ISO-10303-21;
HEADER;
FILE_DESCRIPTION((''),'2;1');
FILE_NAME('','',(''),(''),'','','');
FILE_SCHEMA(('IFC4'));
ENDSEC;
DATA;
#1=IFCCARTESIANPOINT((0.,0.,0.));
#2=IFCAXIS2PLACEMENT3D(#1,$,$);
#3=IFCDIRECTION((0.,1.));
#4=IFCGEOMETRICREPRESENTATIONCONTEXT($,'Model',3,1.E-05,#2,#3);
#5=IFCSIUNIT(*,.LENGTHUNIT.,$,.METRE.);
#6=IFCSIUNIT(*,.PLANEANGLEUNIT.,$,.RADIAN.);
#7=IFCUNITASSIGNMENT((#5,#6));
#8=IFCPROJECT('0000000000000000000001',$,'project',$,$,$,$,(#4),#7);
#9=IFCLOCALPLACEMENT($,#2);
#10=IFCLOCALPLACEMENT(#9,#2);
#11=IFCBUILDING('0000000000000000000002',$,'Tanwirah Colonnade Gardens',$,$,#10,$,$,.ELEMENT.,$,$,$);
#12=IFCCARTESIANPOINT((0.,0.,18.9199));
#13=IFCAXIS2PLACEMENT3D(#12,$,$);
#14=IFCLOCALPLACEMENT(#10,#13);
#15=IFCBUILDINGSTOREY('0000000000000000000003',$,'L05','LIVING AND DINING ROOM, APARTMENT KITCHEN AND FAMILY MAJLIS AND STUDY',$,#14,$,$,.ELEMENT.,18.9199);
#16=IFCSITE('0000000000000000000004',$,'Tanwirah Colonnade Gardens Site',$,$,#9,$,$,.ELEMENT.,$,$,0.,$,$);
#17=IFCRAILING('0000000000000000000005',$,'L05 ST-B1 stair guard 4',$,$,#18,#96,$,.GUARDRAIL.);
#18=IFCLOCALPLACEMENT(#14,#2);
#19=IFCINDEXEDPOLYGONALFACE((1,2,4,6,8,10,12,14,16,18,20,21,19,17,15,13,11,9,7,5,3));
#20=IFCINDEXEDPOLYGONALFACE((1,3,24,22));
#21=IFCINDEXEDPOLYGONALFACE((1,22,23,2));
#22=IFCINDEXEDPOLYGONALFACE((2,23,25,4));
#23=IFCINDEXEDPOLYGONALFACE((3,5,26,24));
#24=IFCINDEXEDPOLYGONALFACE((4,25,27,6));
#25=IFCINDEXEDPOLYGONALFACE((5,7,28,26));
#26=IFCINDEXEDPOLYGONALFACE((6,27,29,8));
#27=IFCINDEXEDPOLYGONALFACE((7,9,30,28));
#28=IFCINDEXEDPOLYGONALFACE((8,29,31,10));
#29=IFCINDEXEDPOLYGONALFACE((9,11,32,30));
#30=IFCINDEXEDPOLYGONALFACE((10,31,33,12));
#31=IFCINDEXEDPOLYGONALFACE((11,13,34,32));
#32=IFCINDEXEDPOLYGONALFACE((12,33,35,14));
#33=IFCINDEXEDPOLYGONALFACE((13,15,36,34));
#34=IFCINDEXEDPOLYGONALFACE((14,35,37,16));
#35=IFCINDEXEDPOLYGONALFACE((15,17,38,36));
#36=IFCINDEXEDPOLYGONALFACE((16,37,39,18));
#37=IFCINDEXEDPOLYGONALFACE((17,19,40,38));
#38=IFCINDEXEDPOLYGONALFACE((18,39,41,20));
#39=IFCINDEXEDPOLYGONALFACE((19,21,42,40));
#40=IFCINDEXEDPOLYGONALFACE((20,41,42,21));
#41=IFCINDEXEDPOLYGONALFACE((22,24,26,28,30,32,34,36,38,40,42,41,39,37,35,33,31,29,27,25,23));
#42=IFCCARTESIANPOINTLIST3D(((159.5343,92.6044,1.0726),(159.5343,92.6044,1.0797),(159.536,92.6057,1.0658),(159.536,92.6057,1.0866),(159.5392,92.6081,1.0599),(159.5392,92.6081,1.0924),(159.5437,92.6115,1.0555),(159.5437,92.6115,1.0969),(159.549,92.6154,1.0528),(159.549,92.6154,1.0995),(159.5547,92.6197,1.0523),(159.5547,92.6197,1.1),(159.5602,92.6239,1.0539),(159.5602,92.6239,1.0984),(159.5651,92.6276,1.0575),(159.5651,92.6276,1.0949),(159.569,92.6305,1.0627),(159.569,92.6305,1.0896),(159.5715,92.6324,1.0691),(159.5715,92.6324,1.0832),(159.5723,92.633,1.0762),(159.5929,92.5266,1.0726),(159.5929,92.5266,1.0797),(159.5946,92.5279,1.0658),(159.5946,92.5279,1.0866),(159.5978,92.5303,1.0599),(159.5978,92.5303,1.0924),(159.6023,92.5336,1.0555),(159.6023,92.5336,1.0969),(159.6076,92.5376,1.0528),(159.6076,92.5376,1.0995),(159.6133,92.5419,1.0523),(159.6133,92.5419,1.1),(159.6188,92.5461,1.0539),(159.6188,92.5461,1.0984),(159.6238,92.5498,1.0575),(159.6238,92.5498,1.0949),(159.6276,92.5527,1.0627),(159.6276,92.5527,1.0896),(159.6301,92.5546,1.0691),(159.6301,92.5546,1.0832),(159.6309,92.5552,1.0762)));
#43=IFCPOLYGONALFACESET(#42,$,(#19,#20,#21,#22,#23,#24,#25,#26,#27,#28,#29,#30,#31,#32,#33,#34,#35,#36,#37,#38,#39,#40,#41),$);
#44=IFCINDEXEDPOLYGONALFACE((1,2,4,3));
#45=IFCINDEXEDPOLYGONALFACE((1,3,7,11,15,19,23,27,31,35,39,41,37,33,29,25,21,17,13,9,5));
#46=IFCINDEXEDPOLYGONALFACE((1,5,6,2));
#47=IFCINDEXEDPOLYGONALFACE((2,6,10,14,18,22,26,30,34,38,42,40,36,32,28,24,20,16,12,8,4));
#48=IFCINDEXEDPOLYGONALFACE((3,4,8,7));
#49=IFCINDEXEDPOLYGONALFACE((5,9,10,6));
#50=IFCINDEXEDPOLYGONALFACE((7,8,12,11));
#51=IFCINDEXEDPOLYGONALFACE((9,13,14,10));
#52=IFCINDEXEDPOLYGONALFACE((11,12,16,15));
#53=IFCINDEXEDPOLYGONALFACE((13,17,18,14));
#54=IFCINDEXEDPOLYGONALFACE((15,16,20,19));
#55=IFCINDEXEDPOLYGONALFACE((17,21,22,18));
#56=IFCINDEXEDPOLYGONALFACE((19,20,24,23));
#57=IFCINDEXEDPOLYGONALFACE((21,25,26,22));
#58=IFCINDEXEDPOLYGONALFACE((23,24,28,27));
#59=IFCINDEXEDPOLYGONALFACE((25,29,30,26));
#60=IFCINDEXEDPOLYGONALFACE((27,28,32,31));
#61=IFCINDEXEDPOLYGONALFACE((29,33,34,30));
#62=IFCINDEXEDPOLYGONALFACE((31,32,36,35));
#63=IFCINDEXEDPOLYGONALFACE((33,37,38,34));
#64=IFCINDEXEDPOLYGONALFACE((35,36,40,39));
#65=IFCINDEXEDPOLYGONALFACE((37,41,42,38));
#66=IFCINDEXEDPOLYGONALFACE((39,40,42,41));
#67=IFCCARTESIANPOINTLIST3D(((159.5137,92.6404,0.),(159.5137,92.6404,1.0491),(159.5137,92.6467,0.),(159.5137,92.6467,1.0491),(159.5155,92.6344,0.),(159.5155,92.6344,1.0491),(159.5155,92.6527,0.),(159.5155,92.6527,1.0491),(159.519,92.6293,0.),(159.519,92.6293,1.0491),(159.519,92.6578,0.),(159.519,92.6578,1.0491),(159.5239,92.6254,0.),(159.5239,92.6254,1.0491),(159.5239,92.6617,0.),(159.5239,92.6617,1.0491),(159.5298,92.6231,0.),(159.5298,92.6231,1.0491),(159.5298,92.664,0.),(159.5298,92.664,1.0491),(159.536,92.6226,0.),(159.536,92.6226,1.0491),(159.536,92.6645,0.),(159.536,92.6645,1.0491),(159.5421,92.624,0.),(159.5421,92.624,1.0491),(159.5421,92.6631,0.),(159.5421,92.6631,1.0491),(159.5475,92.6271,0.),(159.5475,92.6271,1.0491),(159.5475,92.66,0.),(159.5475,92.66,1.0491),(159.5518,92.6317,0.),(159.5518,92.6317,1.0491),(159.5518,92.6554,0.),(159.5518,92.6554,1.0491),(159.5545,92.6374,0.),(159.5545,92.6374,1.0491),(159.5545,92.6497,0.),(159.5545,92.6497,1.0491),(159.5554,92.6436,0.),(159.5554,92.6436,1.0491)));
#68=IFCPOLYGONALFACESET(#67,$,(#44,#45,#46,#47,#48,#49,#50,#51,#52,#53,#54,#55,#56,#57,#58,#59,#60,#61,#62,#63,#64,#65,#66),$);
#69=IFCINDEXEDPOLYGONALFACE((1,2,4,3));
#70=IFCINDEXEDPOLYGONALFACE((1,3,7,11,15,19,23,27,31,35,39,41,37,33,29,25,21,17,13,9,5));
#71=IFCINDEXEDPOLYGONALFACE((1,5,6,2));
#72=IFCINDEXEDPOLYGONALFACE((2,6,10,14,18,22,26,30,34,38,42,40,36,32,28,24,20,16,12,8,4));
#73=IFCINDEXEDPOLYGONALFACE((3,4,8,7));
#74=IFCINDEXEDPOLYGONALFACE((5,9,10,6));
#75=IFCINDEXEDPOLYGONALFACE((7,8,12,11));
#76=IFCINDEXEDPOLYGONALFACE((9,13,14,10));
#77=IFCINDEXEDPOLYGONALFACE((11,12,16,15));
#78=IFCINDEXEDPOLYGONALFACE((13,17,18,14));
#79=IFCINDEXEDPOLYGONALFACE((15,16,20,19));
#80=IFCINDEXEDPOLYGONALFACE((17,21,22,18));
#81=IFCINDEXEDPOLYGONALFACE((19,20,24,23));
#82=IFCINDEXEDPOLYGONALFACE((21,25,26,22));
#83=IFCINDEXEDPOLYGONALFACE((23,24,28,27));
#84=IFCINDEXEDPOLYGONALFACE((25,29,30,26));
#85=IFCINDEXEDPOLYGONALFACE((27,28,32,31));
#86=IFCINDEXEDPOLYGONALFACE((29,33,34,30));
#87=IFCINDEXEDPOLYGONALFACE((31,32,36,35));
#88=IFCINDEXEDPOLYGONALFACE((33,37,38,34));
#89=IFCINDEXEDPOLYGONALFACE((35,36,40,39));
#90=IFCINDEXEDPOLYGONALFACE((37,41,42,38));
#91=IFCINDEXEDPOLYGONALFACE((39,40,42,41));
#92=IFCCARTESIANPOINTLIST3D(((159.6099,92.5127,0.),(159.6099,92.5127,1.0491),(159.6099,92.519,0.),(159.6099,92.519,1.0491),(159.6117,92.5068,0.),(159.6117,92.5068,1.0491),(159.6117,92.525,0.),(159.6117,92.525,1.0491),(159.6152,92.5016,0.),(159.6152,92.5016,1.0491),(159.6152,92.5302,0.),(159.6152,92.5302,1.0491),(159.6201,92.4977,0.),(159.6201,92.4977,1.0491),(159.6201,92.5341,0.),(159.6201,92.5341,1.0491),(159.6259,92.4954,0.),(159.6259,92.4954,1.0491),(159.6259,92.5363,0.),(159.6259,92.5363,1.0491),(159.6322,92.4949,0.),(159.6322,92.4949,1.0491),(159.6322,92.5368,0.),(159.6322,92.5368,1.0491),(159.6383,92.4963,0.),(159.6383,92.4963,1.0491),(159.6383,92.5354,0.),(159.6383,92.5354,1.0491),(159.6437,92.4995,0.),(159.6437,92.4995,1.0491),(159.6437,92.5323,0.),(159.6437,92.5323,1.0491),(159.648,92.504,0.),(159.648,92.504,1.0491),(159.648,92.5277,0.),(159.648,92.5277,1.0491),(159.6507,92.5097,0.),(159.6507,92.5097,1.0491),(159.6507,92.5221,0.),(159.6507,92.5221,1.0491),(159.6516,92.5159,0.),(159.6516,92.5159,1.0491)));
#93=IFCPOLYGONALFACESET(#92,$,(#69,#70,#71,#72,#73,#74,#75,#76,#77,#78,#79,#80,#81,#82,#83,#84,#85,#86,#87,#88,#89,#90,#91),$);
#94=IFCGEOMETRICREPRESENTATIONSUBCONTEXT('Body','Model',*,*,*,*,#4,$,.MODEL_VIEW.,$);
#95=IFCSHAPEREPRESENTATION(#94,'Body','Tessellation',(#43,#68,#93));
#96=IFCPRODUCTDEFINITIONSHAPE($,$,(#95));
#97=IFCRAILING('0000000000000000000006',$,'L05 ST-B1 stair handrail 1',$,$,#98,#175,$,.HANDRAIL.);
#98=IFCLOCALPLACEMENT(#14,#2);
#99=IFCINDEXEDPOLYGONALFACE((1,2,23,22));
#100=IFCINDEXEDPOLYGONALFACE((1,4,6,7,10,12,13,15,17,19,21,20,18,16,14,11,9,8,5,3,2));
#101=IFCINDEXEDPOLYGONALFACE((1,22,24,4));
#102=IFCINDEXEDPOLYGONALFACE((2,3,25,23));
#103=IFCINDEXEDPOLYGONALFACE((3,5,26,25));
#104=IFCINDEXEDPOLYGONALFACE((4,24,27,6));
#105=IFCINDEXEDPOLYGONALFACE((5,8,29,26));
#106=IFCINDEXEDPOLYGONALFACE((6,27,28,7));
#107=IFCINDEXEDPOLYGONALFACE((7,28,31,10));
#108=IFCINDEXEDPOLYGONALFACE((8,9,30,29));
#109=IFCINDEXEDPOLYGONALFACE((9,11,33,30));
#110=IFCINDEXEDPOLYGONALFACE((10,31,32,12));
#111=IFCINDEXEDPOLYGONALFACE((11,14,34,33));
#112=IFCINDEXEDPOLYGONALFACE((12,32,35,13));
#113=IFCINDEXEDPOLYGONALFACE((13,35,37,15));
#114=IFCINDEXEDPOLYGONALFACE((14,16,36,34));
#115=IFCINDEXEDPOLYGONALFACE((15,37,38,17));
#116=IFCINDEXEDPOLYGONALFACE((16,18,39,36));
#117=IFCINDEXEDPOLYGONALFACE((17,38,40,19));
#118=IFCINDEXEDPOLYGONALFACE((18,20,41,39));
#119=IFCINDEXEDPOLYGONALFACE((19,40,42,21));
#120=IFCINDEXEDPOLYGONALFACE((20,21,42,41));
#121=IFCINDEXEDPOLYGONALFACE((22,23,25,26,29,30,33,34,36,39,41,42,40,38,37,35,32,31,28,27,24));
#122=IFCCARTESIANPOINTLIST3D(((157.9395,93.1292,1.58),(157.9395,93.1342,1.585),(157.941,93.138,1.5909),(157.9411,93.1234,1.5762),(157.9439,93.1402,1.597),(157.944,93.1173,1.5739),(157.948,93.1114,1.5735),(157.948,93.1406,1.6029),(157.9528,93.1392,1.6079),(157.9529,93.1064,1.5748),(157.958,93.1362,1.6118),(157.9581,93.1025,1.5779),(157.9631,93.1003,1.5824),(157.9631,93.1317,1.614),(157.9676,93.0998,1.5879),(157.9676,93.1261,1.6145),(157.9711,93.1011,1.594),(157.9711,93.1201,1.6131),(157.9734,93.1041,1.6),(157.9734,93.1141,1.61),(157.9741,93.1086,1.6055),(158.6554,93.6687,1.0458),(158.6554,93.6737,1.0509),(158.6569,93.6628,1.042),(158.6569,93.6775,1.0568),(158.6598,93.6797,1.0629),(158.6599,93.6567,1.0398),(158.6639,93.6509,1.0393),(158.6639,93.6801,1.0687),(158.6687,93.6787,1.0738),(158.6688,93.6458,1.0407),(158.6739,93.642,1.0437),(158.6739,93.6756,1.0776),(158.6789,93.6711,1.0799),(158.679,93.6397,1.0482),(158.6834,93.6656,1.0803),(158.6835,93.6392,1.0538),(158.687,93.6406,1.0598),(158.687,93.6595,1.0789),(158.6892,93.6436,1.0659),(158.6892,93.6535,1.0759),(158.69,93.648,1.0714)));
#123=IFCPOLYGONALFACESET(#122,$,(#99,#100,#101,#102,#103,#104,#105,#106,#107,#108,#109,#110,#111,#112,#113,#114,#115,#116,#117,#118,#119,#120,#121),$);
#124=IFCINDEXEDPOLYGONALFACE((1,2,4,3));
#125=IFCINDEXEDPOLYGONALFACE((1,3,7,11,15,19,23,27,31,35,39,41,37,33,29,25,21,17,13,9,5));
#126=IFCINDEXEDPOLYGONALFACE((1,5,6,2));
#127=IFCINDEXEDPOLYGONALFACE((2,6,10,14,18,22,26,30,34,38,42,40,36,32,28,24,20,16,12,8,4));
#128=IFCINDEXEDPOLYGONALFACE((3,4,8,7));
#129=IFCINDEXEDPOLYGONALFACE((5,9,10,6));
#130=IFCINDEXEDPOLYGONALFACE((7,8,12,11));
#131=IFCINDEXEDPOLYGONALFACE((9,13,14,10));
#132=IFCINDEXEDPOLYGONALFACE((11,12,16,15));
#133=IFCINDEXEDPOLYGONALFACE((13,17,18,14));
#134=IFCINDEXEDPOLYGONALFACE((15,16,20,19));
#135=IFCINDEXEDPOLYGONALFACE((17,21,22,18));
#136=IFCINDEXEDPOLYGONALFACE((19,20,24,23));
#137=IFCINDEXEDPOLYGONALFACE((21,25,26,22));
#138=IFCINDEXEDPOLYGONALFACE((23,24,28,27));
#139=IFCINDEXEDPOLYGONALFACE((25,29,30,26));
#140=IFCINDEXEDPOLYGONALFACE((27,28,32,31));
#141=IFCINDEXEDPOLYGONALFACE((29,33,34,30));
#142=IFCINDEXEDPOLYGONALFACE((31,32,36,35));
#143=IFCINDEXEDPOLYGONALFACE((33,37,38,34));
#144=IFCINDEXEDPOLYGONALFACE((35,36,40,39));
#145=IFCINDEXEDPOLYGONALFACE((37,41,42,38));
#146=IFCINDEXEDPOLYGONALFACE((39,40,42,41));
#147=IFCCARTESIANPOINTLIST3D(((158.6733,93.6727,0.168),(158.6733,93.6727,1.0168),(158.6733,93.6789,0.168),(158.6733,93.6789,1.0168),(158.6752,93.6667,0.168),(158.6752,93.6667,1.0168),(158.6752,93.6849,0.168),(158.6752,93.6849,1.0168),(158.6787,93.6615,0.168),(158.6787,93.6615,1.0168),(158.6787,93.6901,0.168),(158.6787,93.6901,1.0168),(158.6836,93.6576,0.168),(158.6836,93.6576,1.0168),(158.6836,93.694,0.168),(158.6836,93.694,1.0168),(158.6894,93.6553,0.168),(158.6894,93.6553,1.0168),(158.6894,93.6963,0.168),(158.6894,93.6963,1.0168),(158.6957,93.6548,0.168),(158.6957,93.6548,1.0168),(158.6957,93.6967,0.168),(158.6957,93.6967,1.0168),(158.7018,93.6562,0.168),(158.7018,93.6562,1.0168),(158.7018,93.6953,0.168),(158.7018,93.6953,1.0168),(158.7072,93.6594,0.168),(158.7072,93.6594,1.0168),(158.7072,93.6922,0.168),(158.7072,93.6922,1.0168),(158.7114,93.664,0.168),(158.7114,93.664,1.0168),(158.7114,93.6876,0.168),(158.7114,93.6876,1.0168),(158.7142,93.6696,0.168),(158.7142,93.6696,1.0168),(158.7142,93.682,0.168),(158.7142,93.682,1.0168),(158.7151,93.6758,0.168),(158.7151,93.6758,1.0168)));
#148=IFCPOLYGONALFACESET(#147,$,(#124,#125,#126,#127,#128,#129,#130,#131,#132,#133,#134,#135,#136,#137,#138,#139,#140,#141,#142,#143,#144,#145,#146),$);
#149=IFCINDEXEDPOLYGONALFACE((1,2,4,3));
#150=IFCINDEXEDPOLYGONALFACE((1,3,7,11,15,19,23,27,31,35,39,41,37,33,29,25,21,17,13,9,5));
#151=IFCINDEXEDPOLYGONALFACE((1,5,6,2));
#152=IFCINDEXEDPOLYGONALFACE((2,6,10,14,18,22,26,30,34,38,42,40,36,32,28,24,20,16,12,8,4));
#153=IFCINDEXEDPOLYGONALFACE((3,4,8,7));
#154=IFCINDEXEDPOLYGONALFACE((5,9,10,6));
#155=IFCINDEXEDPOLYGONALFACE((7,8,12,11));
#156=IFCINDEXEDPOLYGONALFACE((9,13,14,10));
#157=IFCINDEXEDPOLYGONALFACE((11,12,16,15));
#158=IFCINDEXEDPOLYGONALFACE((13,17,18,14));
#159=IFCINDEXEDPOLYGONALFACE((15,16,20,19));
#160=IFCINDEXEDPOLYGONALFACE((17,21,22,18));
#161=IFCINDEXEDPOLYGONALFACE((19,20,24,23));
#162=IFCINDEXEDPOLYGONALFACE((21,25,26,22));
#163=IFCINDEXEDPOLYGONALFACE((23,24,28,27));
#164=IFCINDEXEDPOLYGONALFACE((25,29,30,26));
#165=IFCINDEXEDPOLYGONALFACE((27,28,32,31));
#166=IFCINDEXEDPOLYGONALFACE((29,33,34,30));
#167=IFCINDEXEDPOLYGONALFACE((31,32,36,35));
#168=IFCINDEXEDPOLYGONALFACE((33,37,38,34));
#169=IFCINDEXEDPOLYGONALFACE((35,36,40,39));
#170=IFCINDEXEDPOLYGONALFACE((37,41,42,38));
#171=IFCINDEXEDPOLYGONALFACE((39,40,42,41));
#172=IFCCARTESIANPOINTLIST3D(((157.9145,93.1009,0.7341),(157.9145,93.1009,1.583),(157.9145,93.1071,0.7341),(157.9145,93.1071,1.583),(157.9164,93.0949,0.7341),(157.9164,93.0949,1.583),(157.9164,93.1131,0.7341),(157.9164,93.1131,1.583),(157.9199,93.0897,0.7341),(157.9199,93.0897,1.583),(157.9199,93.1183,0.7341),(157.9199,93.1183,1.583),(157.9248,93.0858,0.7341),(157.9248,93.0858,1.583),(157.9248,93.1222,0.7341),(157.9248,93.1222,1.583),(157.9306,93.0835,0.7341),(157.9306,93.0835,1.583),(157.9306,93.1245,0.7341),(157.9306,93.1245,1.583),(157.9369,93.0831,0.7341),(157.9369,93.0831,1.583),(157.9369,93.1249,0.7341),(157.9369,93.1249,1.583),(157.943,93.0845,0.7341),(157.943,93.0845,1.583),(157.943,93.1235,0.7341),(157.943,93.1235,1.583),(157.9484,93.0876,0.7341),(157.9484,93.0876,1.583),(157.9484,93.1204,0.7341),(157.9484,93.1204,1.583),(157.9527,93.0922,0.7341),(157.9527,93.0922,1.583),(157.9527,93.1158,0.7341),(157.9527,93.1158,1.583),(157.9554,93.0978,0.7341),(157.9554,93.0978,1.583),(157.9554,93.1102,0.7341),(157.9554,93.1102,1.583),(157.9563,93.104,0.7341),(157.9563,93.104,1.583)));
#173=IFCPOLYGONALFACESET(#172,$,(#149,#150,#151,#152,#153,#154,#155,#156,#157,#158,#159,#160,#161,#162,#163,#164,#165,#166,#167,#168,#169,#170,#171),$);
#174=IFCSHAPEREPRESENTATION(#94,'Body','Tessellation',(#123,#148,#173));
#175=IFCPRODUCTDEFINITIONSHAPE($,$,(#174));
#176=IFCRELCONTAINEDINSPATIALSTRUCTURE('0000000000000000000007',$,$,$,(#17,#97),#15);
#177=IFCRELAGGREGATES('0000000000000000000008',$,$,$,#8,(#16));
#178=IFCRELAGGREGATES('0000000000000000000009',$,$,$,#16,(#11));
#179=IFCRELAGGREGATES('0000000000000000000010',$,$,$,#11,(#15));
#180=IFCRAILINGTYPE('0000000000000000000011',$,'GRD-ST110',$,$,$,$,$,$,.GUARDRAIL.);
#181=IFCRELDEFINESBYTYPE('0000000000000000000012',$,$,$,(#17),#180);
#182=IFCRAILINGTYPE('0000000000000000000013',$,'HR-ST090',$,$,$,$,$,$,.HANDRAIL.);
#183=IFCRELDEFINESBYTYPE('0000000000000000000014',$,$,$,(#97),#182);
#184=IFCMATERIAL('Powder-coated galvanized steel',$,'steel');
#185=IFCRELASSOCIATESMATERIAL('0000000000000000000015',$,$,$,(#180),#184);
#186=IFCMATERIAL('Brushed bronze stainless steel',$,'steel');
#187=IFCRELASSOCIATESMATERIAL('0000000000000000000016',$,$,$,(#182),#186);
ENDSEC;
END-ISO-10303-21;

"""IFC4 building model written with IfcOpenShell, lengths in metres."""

from ifc_helpers import new_model, si_unit, direction, frame, origin, origin_2d, place, context, subcontext, project, spatial, circle, extrude, material, type_object, element, save


model = new_model("IFC4")

# Units and contexts
model_context = context("Model", 3, precision=1e-05, world=origin(), true_north=direction((0.0, 1.0)))
body_context = subcontext(model_context, "Body", "Model", "MODEL_VIEW")
ifc_project = project(units=[si_unit("LENGTHUNIT", "METRE"), si_unit("PLANEANGLEUNIT", "RADIAN")], contexts=[model_context])

# Site, building, storey
site_placement = place(None, origin())
site = spatial("IfcSite", under=ifc_project, at=site_placement, Name="Tanwirah Colonnade Gardens Site", CompositionType="ELEMENT", RefElevation=0.0)
building_placement = place(site_placement, origin())
building = spatial("IfcBuilding", under=site, at=building_placement, Name="Tanwirah Colonnade Gardens", CompositionType="ELEMENT")
storey_placement = place(building_placement, frame((0.0, 0.0, 18.9199)))
storey = spatial("IfcBuildingStorey", under=building, at=storey_placement, Name="L05", Description="LIVING AND DINING ROOM, APARTMENT KITCHEN AND FAMILY MAJLIS AND STUDY", CompositionType="ELEMENT", Elevation=18.9199)

# Railings
ifc_material_1 = material(Name="Powder-coated galvanized steel", Category="steel")
railing_type_1 = type_object("IfcRailingType", Name="GRD-ST110", PredefinedType="GUARDRAIL", material=ifc_material_1)
railing_1_placement = place(storey_placement, frame((159.5344, 92.6436, 0.0)))
element("IfcRailing", 1, at=railing_1_placement, inside=storey, type_object=railing_type_1, Name="L05 ST-B1 stair guard 4", PredefinedType="GUARDRAIL", context=body_context, shape_type="SweptSolid", body=[
    extrude(circle(Radius=0.0239, at=origin_2d()), frame((0.0188, -0.0249, 1.0762), z_axis=(0.601709, -0.798715, 0.0), x_axis=(0.798715, 0.601709, 0.0)), (0.0, 0.0, 1.0), 0.0974),
    extrude(circle(Radius=0.021, at=origin_2d()), origin(), (0.0, 0.0, 1.0), 1.0491),
    extrude(circle(Radius=0.021, at=origin_2d()), frame((0.0962, -0.1277, 0.0)), (0.0, 0.0, 1.0), 1.0491),
])
ifc_material_2 = material(Name="Brushed bronze stainless steel", Category="steel")
railing_type_2 = type_object("IfcRailingType", Name="HR-ST090", PredefinedType="HANDRAIL", material=ifc_material_2)
railing_2_placement = place(storey_placement, frame((158.6941, 93.6758, 0.168)))
element("IfcRailing", 2, at=railing_2_placement, inside=storey, type_object=railing_type_2, Name="L05 ST-B1 stair handrail 1", PredefinedType="HANDRAIL", context=body_context, shape_type="SweptSolid", body=[
    extrude(circle(Radius=0.0239, at=origin_2d()), frame((-0.0215, -0.0161, 0.8918), z_axis=(-0.686068, -0.516979, 0.511902), x_axis=(0.601807, -0.798641, 0.0)), (0.0, 0.0, 1.0), 1.0435),
    extrude(circle(Radius=0.021, at=origin_2d()), origin(), (0.0, 0.0, 1.0), 0.8489),
    extrude(circle(Radius=0.021, at=origin_2d()), frame((-0.7588, -0.5718, 0.5662)), (0.0, 0.0, 1.0), 0.8489),
])

save(model, "model.ifc")
